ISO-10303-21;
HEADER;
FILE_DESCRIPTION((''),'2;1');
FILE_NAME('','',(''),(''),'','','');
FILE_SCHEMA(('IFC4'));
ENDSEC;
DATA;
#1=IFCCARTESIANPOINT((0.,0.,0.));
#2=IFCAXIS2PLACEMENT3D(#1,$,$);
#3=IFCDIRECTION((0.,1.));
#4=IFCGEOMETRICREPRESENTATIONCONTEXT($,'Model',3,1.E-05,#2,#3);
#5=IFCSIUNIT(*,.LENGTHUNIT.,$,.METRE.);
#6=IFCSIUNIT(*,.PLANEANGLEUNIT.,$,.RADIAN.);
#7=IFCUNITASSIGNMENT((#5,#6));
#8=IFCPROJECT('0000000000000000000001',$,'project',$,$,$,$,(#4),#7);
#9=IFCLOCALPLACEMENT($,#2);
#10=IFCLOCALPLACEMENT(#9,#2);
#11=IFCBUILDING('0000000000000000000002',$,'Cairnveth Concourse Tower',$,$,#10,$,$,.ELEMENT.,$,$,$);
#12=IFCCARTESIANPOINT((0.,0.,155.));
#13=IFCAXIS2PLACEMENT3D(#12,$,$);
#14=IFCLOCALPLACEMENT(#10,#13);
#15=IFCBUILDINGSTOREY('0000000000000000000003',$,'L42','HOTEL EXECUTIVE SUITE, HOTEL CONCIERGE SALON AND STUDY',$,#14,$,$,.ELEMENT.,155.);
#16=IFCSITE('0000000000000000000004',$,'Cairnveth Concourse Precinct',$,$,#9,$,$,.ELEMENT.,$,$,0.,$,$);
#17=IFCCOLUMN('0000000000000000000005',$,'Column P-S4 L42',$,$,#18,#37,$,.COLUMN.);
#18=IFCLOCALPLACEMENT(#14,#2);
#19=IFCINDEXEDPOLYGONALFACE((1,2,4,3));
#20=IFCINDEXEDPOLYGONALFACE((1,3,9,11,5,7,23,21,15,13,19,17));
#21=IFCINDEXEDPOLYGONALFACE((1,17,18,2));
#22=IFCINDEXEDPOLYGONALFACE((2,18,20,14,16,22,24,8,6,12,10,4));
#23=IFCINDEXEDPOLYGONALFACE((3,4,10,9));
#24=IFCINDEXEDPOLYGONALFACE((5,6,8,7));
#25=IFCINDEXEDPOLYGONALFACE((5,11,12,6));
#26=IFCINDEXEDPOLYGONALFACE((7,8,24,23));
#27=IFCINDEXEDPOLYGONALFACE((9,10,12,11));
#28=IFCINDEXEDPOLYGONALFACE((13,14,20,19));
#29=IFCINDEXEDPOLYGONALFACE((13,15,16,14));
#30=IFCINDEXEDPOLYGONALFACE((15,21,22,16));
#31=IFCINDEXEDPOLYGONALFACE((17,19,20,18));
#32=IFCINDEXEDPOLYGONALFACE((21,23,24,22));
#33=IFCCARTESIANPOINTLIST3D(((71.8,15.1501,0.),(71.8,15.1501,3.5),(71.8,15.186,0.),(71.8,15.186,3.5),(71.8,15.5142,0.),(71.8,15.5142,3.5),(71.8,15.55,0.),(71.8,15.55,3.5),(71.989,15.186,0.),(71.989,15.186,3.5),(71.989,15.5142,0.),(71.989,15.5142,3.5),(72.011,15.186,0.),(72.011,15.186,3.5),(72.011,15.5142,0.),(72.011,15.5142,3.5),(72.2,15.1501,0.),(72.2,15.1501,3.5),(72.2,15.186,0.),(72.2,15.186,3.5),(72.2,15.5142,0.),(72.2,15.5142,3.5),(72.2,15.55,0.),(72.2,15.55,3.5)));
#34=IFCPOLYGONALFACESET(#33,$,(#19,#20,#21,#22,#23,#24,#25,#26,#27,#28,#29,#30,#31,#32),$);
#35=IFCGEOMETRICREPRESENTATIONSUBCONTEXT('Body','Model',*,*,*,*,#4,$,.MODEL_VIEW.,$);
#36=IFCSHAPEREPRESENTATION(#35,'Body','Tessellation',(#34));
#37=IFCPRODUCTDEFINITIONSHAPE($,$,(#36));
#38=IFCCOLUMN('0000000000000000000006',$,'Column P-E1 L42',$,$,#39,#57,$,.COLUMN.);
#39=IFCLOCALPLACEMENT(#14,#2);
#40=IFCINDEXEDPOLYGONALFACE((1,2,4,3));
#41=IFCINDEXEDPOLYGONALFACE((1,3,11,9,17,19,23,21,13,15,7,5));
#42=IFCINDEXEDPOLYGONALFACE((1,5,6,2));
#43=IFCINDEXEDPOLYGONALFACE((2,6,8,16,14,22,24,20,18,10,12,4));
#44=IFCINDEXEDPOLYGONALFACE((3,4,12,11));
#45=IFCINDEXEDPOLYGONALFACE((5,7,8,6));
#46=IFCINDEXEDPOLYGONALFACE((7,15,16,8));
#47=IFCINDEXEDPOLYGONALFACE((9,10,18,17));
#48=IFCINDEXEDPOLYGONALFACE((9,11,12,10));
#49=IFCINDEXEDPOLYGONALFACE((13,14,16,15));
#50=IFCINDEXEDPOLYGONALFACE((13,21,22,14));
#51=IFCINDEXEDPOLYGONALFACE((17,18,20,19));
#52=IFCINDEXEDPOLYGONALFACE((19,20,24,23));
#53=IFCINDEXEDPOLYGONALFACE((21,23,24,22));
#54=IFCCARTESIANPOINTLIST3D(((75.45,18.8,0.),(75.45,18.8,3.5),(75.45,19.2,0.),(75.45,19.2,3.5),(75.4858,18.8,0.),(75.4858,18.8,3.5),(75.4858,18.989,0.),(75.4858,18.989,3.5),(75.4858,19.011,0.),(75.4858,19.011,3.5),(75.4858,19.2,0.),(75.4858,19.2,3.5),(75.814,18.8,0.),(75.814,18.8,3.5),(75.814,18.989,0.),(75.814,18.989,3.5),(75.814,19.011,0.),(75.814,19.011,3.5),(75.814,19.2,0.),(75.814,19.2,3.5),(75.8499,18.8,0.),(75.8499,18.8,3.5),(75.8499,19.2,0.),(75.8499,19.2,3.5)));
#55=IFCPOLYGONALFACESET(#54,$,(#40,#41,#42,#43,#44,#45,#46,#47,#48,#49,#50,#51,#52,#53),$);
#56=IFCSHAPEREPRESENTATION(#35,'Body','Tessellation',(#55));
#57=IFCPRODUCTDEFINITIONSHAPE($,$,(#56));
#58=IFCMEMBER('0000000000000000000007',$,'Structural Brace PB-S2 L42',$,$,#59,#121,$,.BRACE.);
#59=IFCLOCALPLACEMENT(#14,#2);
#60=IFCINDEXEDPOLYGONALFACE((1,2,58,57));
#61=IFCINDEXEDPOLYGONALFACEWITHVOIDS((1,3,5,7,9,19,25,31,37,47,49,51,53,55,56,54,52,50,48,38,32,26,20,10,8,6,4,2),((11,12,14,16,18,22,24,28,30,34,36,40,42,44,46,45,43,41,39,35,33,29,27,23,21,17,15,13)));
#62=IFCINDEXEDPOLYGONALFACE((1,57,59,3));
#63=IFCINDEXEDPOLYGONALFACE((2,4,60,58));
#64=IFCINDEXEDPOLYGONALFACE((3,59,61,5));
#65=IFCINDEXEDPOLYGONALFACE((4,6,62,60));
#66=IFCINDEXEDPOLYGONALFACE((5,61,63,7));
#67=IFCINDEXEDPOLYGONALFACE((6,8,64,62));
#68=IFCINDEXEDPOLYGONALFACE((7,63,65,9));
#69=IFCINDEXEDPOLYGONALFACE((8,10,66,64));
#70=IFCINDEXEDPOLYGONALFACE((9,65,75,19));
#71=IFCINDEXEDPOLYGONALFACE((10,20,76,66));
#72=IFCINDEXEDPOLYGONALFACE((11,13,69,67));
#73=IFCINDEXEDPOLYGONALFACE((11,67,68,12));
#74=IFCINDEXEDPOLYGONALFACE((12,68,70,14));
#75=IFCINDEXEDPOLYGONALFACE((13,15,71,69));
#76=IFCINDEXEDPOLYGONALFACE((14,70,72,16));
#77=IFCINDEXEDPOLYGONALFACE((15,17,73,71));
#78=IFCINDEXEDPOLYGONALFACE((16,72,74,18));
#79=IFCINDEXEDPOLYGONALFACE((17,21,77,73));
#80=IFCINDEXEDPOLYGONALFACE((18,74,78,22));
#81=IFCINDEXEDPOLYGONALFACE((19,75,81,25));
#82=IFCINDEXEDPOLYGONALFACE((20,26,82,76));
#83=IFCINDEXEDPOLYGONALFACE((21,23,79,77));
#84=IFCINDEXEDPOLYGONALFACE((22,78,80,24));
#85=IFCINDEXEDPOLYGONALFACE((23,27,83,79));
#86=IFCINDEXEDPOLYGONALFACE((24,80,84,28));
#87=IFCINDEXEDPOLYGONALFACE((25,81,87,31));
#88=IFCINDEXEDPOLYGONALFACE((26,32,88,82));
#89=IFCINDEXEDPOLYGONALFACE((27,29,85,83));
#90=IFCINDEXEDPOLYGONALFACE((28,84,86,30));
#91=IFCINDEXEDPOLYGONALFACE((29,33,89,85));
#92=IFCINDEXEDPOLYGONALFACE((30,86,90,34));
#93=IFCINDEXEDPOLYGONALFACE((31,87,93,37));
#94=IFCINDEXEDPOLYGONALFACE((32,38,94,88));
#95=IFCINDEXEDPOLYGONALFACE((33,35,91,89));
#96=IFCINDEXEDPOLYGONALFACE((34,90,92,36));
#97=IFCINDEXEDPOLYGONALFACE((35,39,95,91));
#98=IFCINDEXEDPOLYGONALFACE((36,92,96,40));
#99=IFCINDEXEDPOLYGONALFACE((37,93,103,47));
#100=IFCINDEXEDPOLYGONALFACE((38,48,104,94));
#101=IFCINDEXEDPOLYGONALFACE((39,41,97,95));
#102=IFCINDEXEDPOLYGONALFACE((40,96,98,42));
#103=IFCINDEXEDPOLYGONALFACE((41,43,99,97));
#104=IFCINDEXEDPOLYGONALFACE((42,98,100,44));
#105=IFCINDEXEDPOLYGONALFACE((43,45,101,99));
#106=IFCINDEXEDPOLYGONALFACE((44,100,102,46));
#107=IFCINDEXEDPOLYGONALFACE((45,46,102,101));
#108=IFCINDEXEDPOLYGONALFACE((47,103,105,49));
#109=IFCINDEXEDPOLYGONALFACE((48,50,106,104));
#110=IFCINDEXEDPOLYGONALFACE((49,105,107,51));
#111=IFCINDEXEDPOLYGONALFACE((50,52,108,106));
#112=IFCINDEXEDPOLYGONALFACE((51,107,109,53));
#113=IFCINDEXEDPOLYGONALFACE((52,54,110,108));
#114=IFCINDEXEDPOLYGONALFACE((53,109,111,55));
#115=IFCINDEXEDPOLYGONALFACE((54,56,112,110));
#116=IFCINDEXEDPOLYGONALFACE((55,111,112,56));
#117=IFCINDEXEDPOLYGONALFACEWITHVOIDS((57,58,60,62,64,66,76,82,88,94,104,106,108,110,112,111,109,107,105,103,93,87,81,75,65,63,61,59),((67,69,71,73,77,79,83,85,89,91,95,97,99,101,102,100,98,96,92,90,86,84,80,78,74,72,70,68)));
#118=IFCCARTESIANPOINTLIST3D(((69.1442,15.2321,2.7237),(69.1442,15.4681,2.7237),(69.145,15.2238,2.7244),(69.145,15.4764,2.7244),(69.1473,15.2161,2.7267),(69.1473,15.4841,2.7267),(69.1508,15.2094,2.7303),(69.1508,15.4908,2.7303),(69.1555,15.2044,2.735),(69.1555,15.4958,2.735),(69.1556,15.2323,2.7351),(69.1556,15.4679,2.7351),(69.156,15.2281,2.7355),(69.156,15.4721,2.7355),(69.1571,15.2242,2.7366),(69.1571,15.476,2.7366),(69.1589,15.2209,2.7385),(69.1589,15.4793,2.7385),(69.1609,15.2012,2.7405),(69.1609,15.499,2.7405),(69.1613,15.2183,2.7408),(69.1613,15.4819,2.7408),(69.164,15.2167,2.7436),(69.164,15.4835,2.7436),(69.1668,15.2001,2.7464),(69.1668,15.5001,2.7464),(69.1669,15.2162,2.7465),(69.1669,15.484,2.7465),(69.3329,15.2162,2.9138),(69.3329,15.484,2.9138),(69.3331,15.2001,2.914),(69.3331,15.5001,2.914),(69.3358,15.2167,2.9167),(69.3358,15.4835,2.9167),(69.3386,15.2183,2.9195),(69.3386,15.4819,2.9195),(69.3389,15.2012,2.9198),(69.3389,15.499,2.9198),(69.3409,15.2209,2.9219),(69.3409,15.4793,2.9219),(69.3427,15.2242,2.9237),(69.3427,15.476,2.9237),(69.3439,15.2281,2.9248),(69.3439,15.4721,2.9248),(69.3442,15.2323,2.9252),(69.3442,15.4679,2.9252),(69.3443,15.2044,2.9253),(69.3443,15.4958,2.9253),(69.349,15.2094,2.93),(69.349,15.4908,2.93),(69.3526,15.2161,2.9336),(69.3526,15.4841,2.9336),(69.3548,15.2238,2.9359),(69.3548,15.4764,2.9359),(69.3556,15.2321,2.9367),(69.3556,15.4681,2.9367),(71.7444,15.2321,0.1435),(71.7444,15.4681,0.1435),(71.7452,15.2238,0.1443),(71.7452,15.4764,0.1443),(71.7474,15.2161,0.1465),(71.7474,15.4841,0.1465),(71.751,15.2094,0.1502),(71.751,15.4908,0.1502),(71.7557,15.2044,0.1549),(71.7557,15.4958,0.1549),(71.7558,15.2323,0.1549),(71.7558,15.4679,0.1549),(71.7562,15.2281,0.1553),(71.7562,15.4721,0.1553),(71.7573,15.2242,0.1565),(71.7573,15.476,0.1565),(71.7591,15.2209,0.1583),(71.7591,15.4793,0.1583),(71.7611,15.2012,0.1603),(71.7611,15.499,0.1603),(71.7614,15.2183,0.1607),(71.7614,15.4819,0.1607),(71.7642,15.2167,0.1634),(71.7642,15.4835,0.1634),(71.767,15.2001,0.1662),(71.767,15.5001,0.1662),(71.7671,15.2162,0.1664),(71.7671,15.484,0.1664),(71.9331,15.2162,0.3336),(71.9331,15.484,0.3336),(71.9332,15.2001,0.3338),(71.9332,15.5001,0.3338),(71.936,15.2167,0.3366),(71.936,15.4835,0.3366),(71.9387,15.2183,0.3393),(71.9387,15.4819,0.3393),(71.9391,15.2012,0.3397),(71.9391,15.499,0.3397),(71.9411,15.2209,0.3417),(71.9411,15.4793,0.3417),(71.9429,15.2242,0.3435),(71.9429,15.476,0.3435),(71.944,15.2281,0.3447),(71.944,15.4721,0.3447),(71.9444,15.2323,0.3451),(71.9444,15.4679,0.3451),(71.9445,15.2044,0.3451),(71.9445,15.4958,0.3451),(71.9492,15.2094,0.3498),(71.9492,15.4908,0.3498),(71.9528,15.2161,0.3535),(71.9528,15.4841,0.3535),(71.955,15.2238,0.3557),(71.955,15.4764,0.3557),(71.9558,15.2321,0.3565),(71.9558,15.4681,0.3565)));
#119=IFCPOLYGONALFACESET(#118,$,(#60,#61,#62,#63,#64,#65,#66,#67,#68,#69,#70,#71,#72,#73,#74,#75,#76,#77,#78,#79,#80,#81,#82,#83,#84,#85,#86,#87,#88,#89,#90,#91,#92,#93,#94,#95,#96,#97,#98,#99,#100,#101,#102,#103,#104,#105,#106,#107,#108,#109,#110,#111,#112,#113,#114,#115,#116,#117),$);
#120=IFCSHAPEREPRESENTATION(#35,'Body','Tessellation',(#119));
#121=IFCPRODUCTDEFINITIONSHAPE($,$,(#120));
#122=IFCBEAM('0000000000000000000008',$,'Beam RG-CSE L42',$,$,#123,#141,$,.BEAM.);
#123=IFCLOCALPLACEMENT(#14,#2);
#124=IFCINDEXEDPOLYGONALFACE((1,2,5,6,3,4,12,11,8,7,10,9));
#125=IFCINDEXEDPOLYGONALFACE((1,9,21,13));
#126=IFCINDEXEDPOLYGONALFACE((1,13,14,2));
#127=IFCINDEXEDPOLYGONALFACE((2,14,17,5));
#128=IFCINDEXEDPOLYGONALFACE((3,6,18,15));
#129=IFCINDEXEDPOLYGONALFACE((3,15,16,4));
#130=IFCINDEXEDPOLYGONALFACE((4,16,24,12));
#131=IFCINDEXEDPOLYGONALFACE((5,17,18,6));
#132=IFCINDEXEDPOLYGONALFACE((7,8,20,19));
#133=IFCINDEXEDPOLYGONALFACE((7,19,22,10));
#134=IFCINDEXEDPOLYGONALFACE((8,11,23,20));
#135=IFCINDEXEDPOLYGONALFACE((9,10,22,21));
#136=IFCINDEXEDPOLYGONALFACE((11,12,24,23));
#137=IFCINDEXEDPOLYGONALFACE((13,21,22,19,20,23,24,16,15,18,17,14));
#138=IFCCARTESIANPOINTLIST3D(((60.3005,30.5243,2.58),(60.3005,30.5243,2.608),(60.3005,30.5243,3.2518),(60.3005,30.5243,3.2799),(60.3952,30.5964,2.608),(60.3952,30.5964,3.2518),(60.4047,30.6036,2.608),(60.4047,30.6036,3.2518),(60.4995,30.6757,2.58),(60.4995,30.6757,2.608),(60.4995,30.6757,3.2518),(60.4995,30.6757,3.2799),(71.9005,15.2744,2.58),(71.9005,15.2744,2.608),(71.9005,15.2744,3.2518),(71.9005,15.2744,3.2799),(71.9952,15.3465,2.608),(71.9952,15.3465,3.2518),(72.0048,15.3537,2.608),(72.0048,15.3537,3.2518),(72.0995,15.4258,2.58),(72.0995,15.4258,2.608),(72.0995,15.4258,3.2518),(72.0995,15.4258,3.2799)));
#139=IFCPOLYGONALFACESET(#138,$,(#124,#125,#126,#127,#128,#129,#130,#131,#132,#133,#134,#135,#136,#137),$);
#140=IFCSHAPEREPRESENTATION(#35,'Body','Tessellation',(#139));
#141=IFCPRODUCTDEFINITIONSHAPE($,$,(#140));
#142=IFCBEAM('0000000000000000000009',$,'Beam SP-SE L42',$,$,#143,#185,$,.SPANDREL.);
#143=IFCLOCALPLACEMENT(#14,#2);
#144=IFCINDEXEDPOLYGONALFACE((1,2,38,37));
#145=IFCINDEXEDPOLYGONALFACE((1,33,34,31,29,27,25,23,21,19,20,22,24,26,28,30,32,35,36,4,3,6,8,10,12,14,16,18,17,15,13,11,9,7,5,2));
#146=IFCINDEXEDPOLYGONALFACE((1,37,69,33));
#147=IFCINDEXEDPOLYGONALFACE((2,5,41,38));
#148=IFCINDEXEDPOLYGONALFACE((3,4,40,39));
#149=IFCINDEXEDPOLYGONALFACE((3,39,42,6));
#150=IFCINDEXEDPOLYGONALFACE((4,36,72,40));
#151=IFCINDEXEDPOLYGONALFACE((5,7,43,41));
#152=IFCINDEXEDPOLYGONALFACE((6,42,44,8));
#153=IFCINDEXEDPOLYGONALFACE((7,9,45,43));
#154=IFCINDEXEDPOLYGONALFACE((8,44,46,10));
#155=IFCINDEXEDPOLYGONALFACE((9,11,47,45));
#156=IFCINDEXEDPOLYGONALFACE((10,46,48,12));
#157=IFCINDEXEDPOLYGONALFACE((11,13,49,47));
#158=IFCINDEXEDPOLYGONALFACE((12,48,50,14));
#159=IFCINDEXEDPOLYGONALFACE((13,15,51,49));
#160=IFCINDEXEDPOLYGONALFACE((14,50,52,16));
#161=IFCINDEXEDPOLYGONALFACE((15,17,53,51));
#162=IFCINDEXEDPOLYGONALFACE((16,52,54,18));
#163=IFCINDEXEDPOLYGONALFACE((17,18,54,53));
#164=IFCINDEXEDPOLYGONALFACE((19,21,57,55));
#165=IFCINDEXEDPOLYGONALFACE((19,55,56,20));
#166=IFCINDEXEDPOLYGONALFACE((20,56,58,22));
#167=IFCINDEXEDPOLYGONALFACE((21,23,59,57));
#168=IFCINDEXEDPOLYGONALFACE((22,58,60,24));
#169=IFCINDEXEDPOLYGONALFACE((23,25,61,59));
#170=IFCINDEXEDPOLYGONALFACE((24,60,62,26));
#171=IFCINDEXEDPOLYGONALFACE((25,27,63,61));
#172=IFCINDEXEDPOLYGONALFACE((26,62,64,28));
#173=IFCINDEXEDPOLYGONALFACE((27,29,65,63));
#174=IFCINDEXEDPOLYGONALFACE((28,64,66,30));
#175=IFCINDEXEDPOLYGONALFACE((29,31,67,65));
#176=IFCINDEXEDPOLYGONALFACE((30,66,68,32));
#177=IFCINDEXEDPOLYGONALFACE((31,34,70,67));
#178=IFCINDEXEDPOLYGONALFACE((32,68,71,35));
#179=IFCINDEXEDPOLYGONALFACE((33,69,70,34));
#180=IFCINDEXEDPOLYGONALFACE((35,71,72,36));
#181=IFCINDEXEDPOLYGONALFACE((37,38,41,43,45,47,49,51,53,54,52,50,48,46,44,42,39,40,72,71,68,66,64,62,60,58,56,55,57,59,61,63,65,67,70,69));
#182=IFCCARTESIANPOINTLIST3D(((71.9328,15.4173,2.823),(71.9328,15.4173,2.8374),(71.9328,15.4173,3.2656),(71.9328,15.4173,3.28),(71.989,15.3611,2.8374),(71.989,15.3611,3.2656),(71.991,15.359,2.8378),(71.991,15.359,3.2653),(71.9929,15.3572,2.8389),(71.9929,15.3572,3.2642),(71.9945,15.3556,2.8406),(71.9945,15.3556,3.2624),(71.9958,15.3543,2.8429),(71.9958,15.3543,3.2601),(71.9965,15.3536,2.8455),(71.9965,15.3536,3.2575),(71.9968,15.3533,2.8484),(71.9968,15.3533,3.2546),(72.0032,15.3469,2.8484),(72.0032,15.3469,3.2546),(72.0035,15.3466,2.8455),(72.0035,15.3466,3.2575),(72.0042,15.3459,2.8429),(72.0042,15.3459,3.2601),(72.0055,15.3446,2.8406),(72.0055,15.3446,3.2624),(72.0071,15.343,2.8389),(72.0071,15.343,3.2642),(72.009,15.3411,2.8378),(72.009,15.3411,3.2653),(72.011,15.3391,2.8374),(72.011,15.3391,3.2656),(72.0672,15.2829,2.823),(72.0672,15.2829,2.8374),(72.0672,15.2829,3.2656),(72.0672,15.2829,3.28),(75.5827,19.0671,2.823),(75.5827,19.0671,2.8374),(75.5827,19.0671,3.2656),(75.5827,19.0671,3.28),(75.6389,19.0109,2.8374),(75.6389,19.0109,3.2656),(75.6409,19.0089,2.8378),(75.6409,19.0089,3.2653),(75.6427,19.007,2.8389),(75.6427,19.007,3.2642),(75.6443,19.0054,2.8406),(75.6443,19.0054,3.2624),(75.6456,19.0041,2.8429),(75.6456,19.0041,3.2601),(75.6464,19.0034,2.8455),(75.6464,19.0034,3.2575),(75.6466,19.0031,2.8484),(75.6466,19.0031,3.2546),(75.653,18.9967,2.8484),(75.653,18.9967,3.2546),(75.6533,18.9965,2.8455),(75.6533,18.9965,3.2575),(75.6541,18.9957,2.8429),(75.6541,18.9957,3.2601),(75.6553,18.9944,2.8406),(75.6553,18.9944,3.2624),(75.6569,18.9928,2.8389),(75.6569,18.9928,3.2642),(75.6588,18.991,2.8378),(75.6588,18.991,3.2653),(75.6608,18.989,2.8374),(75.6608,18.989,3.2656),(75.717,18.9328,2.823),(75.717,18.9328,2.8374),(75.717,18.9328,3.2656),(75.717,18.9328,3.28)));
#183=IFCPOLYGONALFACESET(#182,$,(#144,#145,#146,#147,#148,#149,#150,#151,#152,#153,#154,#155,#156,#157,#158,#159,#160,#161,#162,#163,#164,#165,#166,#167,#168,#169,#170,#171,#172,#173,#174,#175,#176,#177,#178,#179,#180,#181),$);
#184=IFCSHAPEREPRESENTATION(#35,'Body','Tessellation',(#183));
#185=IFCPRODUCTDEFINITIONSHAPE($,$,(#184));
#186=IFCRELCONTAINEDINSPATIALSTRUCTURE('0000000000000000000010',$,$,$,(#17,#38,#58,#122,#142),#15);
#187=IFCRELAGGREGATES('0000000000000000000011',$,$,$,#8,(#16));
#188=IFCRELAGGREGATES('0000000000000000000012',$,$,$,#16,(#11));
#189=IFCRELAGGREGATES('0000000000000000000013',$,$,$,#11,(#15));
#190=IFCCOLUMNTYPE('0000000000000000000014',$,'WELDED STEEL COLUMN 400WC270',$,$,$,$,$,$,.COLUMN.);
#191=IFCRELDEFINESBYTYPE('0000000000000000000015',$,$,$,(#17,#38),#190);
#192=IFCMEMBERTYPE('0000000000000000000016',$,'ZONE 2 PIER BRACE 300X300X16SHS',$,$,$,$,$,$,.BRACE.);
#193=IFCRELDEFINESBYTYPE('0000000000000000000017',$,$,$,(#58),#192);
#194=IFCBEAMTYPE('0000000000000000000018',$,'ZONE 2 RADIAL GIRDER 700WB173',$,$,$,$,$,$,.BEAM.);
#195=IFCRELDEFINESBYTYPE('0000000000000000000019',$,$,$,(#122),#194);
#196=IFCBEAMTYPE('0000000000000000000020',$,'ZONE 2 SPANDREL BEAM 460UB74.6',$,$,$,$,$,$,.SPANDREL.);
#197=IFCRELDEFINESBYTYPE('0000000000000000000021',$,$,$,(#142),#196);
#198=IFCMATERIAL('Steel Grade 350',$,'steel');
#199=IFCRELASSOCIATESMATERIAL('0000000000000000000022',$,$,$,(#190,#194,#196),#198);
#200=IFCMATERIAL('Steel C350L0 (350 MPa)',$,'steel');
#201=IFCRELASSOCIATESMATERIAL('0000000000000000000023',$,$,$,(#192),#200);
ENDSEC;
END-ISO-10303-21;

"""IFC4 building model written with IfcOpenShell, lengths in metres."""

from ifc_helpers import new_model, si_unit, direction, frame, origin, origin_2d, place, context, subcontext, project, spatial, hollow_rectangle, i_section, extrude, material, material_profile, profile_set, type_object, element, save


model = new_model("IFC4")

# Units and contexts
model_context = context("Model", 3, precision=1e-05, world=origin(), true_north=direction((0.0, 1.0)))
body_context = subcontext(model_context, "Body", "Model", "MODEL_VIEW")
ifc_project = project(units=[si_unit("LENGTHUNIT", "METRE"), si_unit("PLANEANGLEUNIT", "RADIAN")], contexts=[model_context])

# Site, building, storey
site_placement = place(None, origin())
site = spatial("IfcSite", under=ifc_project, at=site_placement, Name="Cairnveth Concourse Precinct", CompositionType="ELEMENT", RefElevation=0.0)
building_placement = place(site_placement, origin())
building = spatial("IfcBuilding", under=site, at=building_placement, Name="Cairnveth Concourse Tower", CompositionType="ELEMENT")
storey_placement = place(building_placement, frame((0.0, 0.0, 155.0)))
storey = spatial("IfcBuildingStorey", under=building, at=storey_placement, Name="L42", Description="HOTEL EXECUTIVE SUITE, HOTEL CONCIERGE SALON AND STUDY", CompositionType="ELEMENT", Elevation=155.0)

# Columns
ifc_material_1 = material(Name="Steel Grade 350", Category="steel")
ifc_material_profile_1 = material_profile(ifc_material_1, i_section(OverallWidth=0.3999, OverallDepth=0.3999, WebThickness=0.022, FlangeThickness=0.0359, at=origin_2d()), Name="400WC270")
ifc_profile_set_1 = profile_set([ifc_material_profile_1], Name="Steel Grade 350")
column_type = type_object("IfcColumnType", Name="WELDED STEEL COLUMN 400WC270", PredefinedType="COLUMN", material=ifc_profile_set_1)
for number, where, z_axis, x_axis, name in (
    (1, (72.0, 15.3501, 0.0), (0.0, 0.0, 1.0), (1.0, 0.0, 0.0), "Column P-S4 L42"),
    (2, (75.6499, 19.0, 0.0), (0.0, 0.0, 1.0), (0.0, 1.0, 0.0), "Column P-E1 L42"),
):
    element("IfcColumn", number, at=place(storey_placement, frame(where, z_axis=z_axis, x_axis=x_axis)), inside=storey, type_object=column_type, Name=name, PredefinedType="COLUMN", context=body_context, shape_type="SweptSolid", body=[
        extrude(i_section(OverallWidth=0.3999, OverallDepth=0.3999, WebThickness=0.022, FlangeThickness=0.0359, at=origin_2d()), origin(), (0.0, 0.0, 1.0), 3.5),
    ])

# Member
ifc_material_2 = material(Name="Steel C350L0 (350 MPa)", Category="steel")
ifc_material_profile_2 = material_profile(ifc_material_2, hollow_rectangle(XDim=0.3, YDim=0.3, WallThickness=0.0161, InnerFilletRadius=0.0161, OuterFilletRadius=0.032, at=origin_2d()), Name="300x300x16.0SHS")
ifc_profile_set_2 = profile_set([ifc_material_profile_2], Name="Steel C350L0 (350 MPa)")
member_type = type_object("IfcMemberType", Name="ZONE 2 PIER BRACE 300X300X16SHS", PredefinedType="BRACE", material=ifc_profile_set_2)
member_placement = place(storey_placement, frame((71.8501, 15.3501, 0.25), z_axis=(-0.709834, 0.0, 0.704369), x_axis=(0.0, -1.0, 0.0)))
element("IfcMember", 3, at=member_placement, inside=storey, type_object=member_type, Name="Structural Brace PB-S2 L42", PredefinedType="BRACE", context=body_context, shape_type="SweptSolid", body=[
    extrude(hollow_rectangle(XDim=0.3, YDim=0.3, WallThickness=0.0161, InnerFilletRadius=0.0161, OuterFilletRadius=0.032, at=origin_2d()), origin(), (0.0, 0.0, 1.0), 3.6631),
])

# Beams
ifc_material_profile_3 = material_profile(ifc_material_1, i_section(OverallWidth=0.25, OverallDepth=0.7, WebThickness=0.012, FlangeThickness=0.0281, at=origin_2d()), Name="700WB173")
ifc_profile_set_3 = profile_set([ifc_material_profile_3], Name="Steel Grade 350")
beam_type_1 = type_object("IfcBeamType", Name="ZONE 2 RADIAL GIRDER 700WB173", PredefinedType="BEAM", material=ifc_profile_set_3)
beam_1_placement = place(storey_placement, frame((72.0, 15.3501, 2.9299), z_axis=(-0.605417, 0.795908, 0.0), x_axis=(-0.795908, -0.605417, 0.0)))
element("IfcBeam", 4, at=beam_1_placement, inside=storey, type_object=beam_type_1, Name="Beam RG-CSE L42", PredefinedType="BEAM", context=body_context, shape_type="SweptSolid", body=[
    extrude(i_section(OverallWidth=0.25, OverallDepth=0.7, WebThickness=0.012, FlangeThickness=0.0281, at=origin_2d()), origin(), (0.0, 0.0, 1.0), 19.1604),
])
ifc_material_profile_4 = material_profile(ifc_material_1, i_section(OverallWidth=0.1899, OverallDepth=0.457, WebThickness=0.009, FlangeThickness=0.0144, FilletRadius=0.011, at=origin_2d()), Name="460UB74.6")
ifc_profile_set_4 = profile_set([ifc_material_profile_4], Name="Steel Grade 350")
beam_type_2 = type_object("IfcBeamType", Name="ZONE 2 SPANDREL BEAM 460UB74.6", PredefinedType="SPANDREL", material=ifc_profile_set_4)
beam_2_placement = place(storey_placement, frame((72.0, 15.3501, 3.0515), z_axis=(0.707107, 0.707107, 0.0), x_axis=(-0.707107, 0.707107, 0.0)))
element("IfcBeam", 5, at=beam_2_placement, inside=storey, type_object=beam_type_2, Name="Beam SP-SE L42", PredefinedType="SPANDREL", context=body_context, shape_type="SweptSolid", body=[
    extrude(i_section(OverallWidth=0.1899, OverallDepth=0.457, WebThickness=0.009, FlangeThickness=0.0144, FilletRadius=0.011, at=origin_2d()), origin(), (0.0, 0.0, 1.0), 5.1616),
])

save(model, "model.ifc")
